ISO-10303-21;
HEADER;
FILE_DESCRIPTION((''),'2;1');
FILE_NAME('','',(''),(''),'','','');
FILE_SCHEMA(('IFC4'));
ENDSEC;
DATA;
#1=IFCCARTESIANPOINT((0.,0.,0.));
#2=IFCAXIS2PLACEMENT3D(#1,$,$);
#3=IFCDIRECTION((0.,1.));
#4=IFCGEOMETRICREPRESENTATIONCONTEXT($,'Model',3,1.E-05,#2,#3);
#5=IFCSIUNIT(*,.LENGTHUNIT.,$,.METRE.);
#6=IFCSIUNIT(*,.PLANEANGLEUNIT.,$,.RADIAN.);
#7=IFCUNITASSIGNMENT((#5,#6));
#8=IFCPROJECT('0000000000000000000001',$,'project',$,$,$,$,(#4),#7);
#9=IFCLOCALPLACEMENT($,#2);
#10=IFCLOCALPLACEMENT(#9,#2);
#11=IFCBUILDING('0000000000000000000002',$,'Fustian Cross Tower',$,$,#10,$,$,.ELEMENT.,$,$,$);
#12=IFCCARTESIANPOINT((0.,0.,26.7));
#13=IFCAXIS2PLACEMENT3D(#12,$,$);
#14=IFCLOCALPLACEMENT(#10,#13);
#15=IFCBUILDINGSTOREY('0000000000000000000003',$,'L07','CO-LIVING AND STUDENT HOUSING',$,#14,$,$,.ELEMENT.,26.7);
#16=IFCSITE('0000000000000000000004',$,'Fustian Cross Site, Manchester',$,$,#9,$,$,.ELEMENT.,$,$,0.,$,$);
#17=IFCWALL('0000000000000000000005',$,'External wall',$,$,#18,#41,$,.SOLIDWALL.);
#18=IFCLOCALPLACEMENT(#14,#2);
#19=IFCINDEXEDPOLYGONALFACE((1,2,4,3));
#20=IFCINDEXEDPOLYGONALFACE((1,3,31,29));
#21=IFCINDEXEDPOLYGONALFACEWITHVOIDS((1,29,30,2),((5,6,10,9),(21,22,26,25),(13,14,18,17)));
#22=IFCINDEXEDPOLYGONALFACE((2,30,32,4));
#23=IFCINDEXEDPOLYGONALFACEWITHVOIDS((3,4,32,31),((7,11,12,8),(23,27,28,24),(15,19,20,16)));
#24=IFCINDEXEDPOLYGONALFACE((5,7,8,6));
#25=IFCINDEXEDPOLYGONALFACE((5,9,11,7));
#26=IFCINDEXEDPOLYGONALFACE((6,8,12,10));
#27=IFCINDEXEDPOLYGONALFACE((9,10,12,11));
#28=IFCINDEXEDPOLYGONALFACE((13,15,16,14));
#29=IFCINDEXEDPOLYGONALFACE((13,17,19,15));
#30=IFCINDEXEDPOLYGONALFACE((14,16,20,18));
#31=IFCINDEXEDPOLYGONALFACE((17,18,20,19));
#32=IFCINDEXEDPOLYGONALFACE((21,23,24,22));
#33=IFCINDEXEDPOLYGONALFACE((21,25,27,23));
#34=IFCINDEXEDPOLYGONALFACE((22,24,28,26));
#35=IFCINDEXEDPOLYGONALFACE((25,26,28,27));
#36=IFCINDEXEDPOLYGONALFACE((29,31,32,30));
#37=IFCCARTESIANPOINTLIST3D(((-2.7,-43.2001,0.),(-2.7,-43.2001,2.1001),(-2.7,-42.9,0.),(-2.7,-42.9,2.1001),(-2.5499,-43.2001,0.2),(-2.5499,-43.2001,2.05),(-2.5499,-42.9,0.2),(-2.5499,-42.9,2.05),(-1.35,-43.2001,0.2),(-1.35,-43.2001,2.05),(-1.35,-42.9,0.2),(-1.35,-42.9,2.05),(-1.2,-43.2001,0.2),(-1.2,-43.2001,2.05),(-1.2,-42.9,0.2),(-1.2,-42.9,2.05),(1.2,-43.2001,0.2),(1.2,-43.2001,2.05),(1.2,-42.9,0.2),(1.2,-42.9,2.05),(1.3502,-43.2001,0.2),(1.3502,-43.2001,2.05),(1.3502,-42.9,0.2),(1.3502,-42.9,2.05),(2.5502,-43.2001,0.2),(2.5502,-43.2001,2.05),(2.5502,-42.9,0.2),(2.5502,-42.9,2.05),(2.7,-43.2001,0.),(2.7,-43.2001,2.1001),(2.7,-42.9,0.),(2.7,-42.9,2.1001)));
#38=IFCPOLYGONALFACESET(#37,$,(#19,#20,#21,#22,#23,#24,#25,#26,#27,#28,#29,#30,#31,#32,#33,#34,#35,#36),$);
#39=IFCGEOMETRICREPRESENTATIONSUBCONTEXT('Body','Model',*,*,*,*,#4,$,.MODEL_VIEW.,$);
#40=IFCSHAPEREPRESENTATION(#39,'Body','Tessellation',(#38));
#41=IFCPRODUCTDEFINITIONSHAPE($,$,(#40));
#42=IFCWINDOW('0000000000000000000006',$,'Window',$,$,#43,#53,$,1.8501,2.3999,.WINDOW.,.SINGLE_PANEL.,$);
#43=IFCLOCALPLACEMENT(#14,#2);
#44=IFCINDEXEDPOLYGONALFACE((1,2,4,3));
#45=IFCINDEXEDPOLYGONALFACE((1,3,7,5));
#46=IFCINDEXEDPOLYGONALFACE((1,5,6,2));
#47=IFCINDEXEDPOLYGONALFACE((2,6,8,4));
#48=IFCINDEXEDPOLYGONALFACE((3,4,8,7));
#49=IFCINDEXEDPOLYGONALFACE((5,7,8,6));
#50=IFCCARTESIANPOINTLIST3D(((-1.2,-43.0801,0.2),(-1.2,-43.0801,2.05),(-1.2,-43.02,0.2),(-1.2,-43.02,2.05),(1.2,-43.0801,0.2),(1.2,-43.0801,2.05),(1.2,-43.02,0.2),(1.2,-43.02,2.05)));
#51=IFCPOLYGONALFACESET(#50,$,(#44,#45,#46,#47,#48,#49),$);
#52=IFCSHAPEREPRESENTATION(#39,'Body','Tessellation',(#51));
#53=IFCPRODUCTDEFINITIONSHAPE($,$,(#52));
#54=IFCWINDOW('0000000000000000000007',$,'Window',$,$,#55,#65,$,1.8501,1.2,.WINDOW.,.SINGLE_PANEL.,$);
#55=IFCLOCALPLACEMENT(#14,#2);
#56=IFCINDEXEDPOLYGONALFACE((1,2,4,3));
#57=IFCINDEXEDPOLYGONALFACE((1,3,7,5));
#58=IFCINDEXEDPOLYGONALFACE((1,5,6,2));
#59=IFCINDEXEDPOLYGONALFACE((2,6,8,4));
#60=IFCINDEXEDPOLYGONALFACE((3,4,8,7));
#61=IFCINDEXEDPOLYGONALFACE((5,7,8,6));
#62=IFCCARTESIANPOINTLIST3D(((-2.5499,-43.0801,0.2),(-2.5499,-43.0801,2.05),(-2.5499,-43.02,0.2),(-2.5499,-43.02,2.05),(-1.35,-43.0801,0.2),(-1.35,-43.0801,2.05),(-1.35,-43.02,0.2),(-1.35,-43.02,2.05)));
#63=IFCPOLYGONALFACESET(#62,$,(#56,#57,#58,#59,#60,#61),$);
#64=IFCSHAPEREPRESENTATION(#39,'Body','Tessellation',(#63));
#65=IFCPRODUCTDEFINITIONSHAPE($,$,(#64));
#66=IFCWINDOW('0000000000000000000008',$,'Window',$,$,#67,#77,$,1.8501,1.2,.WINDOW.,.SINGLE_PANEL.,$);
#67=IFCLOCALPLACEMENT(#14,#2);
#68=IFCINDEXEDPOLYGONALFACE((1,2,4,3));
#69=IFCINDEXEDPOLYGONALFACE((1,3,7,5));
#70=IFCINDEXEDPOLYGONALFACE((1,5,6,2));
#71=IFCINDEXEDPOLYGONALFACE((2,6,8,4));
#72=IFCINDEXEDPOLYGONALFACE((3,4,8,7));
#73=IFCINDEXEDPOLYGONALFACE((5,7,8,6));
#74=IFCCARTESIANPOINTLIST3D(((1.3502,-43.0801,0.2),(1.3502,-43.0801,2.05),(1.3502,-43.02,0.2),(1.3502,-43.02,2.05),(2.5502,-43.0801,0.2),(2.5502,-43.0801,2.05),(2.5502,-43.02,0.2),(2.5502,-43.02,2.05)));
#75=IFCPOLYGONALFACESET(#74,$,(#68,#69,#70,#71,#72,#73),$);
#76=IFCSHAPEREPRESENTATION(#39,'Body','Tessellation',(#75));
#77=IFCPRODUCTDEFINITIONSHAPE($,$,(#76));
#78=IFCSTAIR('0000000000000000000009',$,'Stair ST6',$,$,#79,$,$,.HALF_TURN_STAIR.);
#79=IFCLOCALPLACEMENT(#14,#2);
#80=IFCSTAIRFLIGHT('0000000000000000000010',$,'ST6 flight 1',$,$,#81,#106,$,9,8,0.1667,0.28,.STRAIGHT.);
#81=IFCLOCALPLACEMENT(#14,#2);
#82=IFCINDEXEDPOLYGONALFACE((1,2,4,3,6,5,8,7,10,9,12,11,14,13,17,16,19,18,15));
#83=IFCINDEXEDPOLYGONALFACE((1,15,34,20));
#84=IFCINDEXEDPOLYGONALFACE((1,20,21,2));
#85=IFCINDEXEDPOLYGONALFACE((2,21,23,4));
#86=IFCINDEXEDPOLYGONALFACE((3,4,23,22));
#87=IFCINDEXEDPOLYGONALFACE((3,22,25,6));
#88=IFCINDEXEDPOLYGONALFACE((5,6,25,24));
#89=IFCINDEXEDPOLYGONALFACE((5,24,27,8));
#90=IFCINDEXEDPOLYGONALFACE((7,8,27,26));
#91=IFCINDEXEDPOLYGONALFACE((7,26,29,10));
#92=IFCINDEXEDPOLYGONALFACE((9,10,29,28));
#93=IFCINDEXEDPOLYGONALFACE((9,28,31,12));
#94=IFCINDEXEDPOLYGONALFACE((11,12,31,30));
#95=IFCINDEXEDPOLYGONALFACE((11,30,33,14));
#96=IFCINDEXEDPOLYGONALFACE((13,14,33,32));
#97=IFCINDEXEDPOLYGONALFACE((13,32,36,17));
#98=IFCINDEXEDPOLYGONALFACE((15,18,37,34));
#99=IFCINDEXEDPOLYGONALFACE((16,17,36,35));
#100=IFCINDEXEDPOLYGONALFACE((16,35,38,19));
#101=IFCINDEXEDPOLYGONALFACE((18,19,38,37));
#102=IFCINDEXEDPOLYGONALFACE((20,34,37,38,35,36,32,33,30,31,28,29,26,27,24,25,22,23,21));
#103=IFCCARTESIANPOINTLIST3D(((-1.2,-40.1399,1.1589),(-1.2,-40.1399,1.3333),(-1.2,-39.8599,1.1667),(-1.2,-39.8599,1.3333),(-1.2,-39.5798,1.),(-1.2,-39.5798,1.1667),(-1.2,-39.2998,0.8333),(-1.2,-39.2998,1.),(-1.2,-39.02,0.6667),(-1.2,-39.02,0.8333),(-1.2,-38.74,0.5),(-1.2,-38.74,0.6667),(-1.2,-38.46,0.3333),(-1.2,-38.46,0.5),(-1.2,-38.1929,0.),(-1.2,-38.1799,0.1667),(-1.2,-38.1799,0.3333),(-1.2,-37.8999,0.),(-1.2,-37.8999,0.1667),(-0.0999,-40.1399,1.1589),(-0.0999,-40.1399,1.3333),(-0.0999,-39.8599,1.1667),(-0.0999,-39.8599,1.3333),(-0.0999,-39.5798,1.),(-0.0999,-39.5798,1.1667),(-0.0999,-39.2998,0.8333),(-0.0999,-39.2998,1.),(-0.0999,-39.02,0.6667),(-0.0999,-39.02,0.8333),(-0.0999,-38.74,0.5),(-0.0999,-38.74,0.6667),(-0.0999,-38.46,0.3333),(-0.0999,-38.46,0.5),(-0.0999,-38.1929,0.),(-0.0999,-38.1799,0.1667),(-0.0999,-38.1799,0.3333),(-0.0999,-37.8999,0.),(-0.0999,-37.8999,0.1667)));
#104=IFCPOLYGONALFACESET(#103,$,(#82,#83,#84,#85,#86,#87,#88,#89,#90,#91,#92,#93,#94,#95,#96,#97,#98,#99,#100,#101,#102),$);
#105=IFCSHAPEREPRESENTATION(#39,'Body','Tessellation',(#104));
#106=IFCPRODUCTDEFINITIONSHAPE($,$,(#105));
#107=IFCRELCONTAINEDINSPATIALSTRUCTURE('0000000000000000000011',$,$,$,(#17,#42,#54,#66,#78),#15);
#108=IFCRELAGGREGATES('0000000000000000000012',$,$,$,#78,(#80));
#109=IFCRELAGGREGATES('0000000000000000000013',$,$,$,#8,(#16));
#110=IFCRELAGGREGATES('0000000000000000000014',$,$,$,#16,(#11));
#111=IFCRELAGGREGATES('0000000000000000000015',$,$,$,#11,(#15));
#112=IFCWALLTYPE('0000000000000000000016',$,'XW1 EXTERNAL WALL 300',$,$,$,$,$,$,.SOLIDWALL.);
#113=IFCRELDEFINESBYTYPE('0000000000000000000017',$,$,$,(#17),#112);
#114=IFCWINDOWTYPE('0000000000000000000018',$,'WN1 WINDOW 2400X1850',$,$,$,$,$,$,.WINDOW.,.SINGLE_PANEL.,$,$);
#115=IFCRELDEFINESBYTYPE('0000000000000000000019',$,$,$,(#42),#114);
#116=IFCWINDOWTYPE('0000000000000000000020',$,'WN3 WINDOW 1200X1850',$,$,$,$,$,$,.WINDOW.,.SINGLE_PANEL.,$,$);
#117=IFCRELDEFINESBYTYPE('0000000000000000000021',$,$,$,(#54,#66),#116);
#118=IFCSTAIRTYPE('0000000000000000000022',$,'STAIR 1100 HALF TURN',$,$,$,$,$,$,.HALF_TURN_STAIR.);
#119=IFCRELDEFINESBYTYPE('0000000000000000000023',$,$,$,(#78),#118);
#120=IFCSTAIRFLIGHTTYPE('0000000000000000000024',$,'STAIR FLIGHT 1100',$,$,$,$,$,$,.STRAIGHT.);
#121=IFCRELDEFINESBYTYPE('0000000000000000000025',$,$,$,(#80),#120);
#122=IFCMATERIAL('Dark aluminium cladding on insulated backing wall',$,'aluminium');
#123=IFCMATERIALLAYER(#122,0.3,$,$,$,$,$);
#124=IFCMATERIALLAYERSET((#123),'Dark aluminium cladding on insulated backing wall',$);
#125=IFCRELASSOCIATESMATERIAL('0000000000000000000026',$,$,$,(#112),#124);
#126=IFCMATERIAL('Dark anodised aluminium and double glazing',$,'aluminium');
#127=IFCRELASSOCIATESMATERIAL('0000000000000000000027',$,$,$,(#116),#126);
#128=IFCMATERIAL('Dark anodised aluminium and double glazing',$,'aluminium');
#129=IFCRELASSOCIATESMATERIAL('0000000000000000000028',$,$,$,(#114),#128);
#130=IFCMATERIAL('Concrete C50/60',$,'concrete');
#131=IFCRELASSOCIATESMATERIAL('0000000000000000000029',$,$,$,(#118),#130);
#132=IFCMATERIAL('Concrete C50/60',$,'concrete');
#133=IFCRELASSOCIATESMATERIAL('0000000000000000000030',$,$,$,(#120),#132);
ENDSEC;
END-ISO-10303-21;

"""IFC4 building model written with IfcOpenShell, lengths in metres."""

from ifc_helpers import new_model, si_unit, direction, frame, frame_2d, origin, place, context, subcontext, project, spatial, polyline, rectangle, outline, extrude, material, layer, layer_set, type_object, element, fill, aggregate, save


model = new_model("IFC4")

# Units and contexts
model_context = context("Model", 3, precision=1e-05, world=origin(), true_north=direction((0.0, 1.0)))
body_context = subcontext(model_context, "Body", "Model", "MODEL_VIEW")
ifc_project = project(units=[si_unit("LENGTHUNIT", "METRE"), si_unit("PLANEANGLEUNIT", "RADIAN")], contexts=[model_context])

# Site, building, storey
site_placement = place(None, origin())
site = spatial("IfcSite", under=ifc_project, at=site_placement, Name="Fustian Cross Site, Manchester", CompositionType="ELEMENT", RefElevation=0.0)
building_placement = place(site_placement, origin())
building = spatial("IfcBuilding", under=site, at=building_placement, Name="Fustian Cross Tower", CompositionType="ELEMENT")
storey_placement = place(building_placement, frame((0.0, 0.0, 26.7)))
storey = spatial("IfcBuildingStorey", under=building, at=storey_placement, Name="L07", Description="CO-LIVING AND STUDENT HOUSING", CompositionType="ELEMENT", Elevation=26.7)

# Shared definitions
ifc_material_1 = material(Name="Dark aluminium cladding on insulated backing wall", Category="aluminium")
ifc_layer_1 = layer(ifc_material_1, 0.3)
ifc_layer_set_1 = layer_set([ifc_layer_1], Name="Dark aluminium cladding on insulated backing wall")
wall_type_1 = type_object("IfcWallType", Name="XW1 EXTERNAL WALL 300", PredefinedType="SOLIDWALL", material=ifc_layer_set_1)

# Shared definitions
ifc_material_2 = material(Name="Dark anodised aluminium and double glazing", Category="aluminium")
window_type_1 = type_object("IfcWindowType", Name="WN3 WINDOW 1200X1850", PartitioningType="SINGLE_PANEL", PredefinedType="WINDOW", material=ifc_material_2)

# Wall, openings, windows
wall_1_placement = place(storey_placement, frame((-2.7, -43.05, 0.0), z_axis=(0.0, 0.0, 1.0), x_axis=(1.0, 0.0, 0.0)))
wall_1 = element("IfcWall", 1, at=wall_1_placement, inside=storey, type_object=wall_type_1, Name="External wall", PredefinedType="SOLIDWALL", context=body_context, shape_type="SweptSolid", body=[
    extrude(rectangle(XDim=5.3999, YDim=0.3, at=frame_2d((2.7, 0.0))), origin(), (0.0, 0.0, 1.0), 2.1001),
])
opening_1_placement = place(wall_1_placement, frame((1.5, 0.0, 0.2)))
opening_1 = element("IfcOpeningElement", 2, at=opening_1_placement, cuts=wall_1, PredefinedType="OPENING", context=body_context, shape_type="SweptSolid", body=[
    extrude(rectangle(XDim=2.3999, YDim=1.8501, at=frame_2d((1.2, 0.925))), frame((0.0, 0.1599, 0.0), z_axis=(0.0, -1.0, 0.0), x_axis=(1.0, 0.0, 0.0)), (0.0, 0.0, 1.0), 0.3201),
])
opening_2_placement = place(wall_1_placement, frame((0.1499, 0.0, 0.2)))
opening_2 = element("IfcOpeningElement", 3, at=opening_2_placement, cuts=wall_1, PredefinedType="OPENING", context=body_context, shape_type="SweptSolid", body=[
    extrude(rectangle(XDim=1.2, YDim=1.8501, at=frame_2d((0.6001, 0.925))), frame((0.0, 0.1599, 0.0), z_axis=(0.0, -1.0, 0.0), x_axis=(1.0, 0.0, 0.0)), (0.0, 0.0, 1.0), 0.3201),
])
opening_3_placement = place(wall_1_placement, frame((4.05, 0.0, 0.2)))
opening_3 = element("IfcOpeningElement", 4, at=opening_3_placement, cuts=wall_1, PredefinedType="OPENING", context=body_context, shape_type="SweptSolid", body=[
    extrude(rectangle(XDim=1.2, YDim=1.8501, at=frame_2d((0.6001, 0.925))), frame((0.0, 0.1599, 0.0), z_axis=(0.0, -1.0, 0.0), x_axis=(1.0, 0.0, 0.0)), (0.0, 0.0, 1.0), 0.3201),
])
ifc_material_3 = material(Name="Dark anodised aluminium and double glazing", Category="aluminium")
window_type_2 = type_object("IfcWindowType", Name="WN1 WINDOW 2400X1850", PartitioningType="SINGLE_PANEL", PredefinedType="WINDOW", material=ifc_material_3)
window_1_placement = place(opening_1_placement, origin())
window_1 = element("IfcWindow", 5, at=window_1_placement, inside=storey, type_object=window_type_2, Name="Window", OverallHeight=1.8501, OverallWidth=2.3999, PartitioningType="SINGLE_PANEL", PredefinedType="WINDOW", context=body_context, shape_type="SweptSolid", body=[
    extrude(rectangle(XDim=2.3999, YDim=1.8501, at=frame_2d((1.2, 0.925))), frame((0.0, 0.03, 0.0), z_axis=(0.0, -1.0, 0.0), x_axis=(1.0, 0.0, 0.0)), (0.0, 0.0, 1.0), 0.0601),
])
fill(opening_1, window_1)
window_2_placement = place(opening_2_placement, origin())
window_2 = element("IfcWindow", 6, at=window_2_placement, inside=storey, type_object=window_type_1, Name="Window", OverallHeight=1.8501, OverallWidth=1.2, PartitioningType="SINGLE_PANEL", PredefinedType="WINDOW", context=body_context, shape_type="SweptSolid", body=[
    extrude(rectangle(XDim=1.2, YDim=1.8501, at=frame_2d((0.6001, 0.925))), frame((0.0, 0.03, 0.0), z_axis=(0.0, -1.0, 0.0), x_axis=(1.0, 0.0, 0.0)), (0.0, 0.0, 1.0), 0.0601),
])
fill(opening_2, window_2)
window_3_placement = place(opening_3_placement, origin())
window_3 = element("IfcWindow", 7, at=window_3_placement, inside=storey, type_object=window_type_1, Name="Window", OverallHeight=1.8501, OverallWidth=1.2, PartitioningType="SINGLE_PANEL", PredefinedType="WINDOW", context=body_context, shape_type="SweptSolid", body=[
    extrude(rectangle(XDim=1.2, YDim=1.8501, at=frame_2d((0.6001, 0.925))), frame((0.0, 0.03, 0.0), z_axis=(0.0, -1.0, 0.0), x_axis=(1.0, 0.0, 0.0)), (0.0, 0.0, 1.0), 0.0601),
])
fill(opening_3, window_3)

# Stair, stair flight
ifc_material_4 = material(Name="Concrete C50/60", Category="concrete")
stair_type = type_object("IfcStairType", Name="STAIR 1100 HALF TURN", PredefinedType="HALF_TURN_STAIR", material=ifc_material_4)
stair_placement = place(storey_placement, origin())
stair = element("IfcStair", 8, at=stair_placement, inside=storey, type_object=stair_type, Name="Stair ST6", PredefinedType="HALF_TURN_STAIR")
ifc_material_5 = material(Name="Concrete C50/60", Category="concrete")
stair_flight_type = type_object("IfcStairFlightType", Name="STAIR FLIGHT 1100", PredefinedType="STRAIGHT", material=ifc_material_5)
stair_flight_placement = place(storey_placement, frame((-0.6499, -37.8999, 0.0), z_axis=(0.0, 0.0, 1.0), x_axis=(0.0, -1.0, 0.0)))
stair_flight = element("IfcStairFlight", 9, at=stair_flight_placement, type_object=stair_flight_type, Name="ST6 flight 1", NumberOfRisers=9, NumberOfTreads=8, PredefinedType="STRAIGHT", RiserHeight=0.1667, TreadLength=0.28, context=body_context, shape_type="SweptSolid", body=[
    extrude(outline(polyline([(0.0, 0.0), (0.0, 0.1667), (0.28, 0.1667), (0.28, 0.3333), (0.5601, 0.3333), (0.5601, 0.5), (0.8401, 0.5), (0.8401, 0.6667), (1.1201, 0.6667), (1.1201, 0.8333), (1.3999, 0.8333), (1.3999, 1.0), (1.6799, 1.0), (1.6799, 1.1667), (1.96, 1.1667), (1.96, 1.3333), (2.24, 1.3333), (2.24, 1.5), (2.24, 1.1589), (0.293, 0.0), (0.0, 0.0)])), frame((0.0, 0.55, 0.0), z_axis=(0.0, -1.0, 0.0), x_axis=(1.0, 0.0, 0.0)), (0.0, 0.0, 1.0), 1.1001),
])
aggregate(stair, [stair_flight])

save(model, "model.ifc")
